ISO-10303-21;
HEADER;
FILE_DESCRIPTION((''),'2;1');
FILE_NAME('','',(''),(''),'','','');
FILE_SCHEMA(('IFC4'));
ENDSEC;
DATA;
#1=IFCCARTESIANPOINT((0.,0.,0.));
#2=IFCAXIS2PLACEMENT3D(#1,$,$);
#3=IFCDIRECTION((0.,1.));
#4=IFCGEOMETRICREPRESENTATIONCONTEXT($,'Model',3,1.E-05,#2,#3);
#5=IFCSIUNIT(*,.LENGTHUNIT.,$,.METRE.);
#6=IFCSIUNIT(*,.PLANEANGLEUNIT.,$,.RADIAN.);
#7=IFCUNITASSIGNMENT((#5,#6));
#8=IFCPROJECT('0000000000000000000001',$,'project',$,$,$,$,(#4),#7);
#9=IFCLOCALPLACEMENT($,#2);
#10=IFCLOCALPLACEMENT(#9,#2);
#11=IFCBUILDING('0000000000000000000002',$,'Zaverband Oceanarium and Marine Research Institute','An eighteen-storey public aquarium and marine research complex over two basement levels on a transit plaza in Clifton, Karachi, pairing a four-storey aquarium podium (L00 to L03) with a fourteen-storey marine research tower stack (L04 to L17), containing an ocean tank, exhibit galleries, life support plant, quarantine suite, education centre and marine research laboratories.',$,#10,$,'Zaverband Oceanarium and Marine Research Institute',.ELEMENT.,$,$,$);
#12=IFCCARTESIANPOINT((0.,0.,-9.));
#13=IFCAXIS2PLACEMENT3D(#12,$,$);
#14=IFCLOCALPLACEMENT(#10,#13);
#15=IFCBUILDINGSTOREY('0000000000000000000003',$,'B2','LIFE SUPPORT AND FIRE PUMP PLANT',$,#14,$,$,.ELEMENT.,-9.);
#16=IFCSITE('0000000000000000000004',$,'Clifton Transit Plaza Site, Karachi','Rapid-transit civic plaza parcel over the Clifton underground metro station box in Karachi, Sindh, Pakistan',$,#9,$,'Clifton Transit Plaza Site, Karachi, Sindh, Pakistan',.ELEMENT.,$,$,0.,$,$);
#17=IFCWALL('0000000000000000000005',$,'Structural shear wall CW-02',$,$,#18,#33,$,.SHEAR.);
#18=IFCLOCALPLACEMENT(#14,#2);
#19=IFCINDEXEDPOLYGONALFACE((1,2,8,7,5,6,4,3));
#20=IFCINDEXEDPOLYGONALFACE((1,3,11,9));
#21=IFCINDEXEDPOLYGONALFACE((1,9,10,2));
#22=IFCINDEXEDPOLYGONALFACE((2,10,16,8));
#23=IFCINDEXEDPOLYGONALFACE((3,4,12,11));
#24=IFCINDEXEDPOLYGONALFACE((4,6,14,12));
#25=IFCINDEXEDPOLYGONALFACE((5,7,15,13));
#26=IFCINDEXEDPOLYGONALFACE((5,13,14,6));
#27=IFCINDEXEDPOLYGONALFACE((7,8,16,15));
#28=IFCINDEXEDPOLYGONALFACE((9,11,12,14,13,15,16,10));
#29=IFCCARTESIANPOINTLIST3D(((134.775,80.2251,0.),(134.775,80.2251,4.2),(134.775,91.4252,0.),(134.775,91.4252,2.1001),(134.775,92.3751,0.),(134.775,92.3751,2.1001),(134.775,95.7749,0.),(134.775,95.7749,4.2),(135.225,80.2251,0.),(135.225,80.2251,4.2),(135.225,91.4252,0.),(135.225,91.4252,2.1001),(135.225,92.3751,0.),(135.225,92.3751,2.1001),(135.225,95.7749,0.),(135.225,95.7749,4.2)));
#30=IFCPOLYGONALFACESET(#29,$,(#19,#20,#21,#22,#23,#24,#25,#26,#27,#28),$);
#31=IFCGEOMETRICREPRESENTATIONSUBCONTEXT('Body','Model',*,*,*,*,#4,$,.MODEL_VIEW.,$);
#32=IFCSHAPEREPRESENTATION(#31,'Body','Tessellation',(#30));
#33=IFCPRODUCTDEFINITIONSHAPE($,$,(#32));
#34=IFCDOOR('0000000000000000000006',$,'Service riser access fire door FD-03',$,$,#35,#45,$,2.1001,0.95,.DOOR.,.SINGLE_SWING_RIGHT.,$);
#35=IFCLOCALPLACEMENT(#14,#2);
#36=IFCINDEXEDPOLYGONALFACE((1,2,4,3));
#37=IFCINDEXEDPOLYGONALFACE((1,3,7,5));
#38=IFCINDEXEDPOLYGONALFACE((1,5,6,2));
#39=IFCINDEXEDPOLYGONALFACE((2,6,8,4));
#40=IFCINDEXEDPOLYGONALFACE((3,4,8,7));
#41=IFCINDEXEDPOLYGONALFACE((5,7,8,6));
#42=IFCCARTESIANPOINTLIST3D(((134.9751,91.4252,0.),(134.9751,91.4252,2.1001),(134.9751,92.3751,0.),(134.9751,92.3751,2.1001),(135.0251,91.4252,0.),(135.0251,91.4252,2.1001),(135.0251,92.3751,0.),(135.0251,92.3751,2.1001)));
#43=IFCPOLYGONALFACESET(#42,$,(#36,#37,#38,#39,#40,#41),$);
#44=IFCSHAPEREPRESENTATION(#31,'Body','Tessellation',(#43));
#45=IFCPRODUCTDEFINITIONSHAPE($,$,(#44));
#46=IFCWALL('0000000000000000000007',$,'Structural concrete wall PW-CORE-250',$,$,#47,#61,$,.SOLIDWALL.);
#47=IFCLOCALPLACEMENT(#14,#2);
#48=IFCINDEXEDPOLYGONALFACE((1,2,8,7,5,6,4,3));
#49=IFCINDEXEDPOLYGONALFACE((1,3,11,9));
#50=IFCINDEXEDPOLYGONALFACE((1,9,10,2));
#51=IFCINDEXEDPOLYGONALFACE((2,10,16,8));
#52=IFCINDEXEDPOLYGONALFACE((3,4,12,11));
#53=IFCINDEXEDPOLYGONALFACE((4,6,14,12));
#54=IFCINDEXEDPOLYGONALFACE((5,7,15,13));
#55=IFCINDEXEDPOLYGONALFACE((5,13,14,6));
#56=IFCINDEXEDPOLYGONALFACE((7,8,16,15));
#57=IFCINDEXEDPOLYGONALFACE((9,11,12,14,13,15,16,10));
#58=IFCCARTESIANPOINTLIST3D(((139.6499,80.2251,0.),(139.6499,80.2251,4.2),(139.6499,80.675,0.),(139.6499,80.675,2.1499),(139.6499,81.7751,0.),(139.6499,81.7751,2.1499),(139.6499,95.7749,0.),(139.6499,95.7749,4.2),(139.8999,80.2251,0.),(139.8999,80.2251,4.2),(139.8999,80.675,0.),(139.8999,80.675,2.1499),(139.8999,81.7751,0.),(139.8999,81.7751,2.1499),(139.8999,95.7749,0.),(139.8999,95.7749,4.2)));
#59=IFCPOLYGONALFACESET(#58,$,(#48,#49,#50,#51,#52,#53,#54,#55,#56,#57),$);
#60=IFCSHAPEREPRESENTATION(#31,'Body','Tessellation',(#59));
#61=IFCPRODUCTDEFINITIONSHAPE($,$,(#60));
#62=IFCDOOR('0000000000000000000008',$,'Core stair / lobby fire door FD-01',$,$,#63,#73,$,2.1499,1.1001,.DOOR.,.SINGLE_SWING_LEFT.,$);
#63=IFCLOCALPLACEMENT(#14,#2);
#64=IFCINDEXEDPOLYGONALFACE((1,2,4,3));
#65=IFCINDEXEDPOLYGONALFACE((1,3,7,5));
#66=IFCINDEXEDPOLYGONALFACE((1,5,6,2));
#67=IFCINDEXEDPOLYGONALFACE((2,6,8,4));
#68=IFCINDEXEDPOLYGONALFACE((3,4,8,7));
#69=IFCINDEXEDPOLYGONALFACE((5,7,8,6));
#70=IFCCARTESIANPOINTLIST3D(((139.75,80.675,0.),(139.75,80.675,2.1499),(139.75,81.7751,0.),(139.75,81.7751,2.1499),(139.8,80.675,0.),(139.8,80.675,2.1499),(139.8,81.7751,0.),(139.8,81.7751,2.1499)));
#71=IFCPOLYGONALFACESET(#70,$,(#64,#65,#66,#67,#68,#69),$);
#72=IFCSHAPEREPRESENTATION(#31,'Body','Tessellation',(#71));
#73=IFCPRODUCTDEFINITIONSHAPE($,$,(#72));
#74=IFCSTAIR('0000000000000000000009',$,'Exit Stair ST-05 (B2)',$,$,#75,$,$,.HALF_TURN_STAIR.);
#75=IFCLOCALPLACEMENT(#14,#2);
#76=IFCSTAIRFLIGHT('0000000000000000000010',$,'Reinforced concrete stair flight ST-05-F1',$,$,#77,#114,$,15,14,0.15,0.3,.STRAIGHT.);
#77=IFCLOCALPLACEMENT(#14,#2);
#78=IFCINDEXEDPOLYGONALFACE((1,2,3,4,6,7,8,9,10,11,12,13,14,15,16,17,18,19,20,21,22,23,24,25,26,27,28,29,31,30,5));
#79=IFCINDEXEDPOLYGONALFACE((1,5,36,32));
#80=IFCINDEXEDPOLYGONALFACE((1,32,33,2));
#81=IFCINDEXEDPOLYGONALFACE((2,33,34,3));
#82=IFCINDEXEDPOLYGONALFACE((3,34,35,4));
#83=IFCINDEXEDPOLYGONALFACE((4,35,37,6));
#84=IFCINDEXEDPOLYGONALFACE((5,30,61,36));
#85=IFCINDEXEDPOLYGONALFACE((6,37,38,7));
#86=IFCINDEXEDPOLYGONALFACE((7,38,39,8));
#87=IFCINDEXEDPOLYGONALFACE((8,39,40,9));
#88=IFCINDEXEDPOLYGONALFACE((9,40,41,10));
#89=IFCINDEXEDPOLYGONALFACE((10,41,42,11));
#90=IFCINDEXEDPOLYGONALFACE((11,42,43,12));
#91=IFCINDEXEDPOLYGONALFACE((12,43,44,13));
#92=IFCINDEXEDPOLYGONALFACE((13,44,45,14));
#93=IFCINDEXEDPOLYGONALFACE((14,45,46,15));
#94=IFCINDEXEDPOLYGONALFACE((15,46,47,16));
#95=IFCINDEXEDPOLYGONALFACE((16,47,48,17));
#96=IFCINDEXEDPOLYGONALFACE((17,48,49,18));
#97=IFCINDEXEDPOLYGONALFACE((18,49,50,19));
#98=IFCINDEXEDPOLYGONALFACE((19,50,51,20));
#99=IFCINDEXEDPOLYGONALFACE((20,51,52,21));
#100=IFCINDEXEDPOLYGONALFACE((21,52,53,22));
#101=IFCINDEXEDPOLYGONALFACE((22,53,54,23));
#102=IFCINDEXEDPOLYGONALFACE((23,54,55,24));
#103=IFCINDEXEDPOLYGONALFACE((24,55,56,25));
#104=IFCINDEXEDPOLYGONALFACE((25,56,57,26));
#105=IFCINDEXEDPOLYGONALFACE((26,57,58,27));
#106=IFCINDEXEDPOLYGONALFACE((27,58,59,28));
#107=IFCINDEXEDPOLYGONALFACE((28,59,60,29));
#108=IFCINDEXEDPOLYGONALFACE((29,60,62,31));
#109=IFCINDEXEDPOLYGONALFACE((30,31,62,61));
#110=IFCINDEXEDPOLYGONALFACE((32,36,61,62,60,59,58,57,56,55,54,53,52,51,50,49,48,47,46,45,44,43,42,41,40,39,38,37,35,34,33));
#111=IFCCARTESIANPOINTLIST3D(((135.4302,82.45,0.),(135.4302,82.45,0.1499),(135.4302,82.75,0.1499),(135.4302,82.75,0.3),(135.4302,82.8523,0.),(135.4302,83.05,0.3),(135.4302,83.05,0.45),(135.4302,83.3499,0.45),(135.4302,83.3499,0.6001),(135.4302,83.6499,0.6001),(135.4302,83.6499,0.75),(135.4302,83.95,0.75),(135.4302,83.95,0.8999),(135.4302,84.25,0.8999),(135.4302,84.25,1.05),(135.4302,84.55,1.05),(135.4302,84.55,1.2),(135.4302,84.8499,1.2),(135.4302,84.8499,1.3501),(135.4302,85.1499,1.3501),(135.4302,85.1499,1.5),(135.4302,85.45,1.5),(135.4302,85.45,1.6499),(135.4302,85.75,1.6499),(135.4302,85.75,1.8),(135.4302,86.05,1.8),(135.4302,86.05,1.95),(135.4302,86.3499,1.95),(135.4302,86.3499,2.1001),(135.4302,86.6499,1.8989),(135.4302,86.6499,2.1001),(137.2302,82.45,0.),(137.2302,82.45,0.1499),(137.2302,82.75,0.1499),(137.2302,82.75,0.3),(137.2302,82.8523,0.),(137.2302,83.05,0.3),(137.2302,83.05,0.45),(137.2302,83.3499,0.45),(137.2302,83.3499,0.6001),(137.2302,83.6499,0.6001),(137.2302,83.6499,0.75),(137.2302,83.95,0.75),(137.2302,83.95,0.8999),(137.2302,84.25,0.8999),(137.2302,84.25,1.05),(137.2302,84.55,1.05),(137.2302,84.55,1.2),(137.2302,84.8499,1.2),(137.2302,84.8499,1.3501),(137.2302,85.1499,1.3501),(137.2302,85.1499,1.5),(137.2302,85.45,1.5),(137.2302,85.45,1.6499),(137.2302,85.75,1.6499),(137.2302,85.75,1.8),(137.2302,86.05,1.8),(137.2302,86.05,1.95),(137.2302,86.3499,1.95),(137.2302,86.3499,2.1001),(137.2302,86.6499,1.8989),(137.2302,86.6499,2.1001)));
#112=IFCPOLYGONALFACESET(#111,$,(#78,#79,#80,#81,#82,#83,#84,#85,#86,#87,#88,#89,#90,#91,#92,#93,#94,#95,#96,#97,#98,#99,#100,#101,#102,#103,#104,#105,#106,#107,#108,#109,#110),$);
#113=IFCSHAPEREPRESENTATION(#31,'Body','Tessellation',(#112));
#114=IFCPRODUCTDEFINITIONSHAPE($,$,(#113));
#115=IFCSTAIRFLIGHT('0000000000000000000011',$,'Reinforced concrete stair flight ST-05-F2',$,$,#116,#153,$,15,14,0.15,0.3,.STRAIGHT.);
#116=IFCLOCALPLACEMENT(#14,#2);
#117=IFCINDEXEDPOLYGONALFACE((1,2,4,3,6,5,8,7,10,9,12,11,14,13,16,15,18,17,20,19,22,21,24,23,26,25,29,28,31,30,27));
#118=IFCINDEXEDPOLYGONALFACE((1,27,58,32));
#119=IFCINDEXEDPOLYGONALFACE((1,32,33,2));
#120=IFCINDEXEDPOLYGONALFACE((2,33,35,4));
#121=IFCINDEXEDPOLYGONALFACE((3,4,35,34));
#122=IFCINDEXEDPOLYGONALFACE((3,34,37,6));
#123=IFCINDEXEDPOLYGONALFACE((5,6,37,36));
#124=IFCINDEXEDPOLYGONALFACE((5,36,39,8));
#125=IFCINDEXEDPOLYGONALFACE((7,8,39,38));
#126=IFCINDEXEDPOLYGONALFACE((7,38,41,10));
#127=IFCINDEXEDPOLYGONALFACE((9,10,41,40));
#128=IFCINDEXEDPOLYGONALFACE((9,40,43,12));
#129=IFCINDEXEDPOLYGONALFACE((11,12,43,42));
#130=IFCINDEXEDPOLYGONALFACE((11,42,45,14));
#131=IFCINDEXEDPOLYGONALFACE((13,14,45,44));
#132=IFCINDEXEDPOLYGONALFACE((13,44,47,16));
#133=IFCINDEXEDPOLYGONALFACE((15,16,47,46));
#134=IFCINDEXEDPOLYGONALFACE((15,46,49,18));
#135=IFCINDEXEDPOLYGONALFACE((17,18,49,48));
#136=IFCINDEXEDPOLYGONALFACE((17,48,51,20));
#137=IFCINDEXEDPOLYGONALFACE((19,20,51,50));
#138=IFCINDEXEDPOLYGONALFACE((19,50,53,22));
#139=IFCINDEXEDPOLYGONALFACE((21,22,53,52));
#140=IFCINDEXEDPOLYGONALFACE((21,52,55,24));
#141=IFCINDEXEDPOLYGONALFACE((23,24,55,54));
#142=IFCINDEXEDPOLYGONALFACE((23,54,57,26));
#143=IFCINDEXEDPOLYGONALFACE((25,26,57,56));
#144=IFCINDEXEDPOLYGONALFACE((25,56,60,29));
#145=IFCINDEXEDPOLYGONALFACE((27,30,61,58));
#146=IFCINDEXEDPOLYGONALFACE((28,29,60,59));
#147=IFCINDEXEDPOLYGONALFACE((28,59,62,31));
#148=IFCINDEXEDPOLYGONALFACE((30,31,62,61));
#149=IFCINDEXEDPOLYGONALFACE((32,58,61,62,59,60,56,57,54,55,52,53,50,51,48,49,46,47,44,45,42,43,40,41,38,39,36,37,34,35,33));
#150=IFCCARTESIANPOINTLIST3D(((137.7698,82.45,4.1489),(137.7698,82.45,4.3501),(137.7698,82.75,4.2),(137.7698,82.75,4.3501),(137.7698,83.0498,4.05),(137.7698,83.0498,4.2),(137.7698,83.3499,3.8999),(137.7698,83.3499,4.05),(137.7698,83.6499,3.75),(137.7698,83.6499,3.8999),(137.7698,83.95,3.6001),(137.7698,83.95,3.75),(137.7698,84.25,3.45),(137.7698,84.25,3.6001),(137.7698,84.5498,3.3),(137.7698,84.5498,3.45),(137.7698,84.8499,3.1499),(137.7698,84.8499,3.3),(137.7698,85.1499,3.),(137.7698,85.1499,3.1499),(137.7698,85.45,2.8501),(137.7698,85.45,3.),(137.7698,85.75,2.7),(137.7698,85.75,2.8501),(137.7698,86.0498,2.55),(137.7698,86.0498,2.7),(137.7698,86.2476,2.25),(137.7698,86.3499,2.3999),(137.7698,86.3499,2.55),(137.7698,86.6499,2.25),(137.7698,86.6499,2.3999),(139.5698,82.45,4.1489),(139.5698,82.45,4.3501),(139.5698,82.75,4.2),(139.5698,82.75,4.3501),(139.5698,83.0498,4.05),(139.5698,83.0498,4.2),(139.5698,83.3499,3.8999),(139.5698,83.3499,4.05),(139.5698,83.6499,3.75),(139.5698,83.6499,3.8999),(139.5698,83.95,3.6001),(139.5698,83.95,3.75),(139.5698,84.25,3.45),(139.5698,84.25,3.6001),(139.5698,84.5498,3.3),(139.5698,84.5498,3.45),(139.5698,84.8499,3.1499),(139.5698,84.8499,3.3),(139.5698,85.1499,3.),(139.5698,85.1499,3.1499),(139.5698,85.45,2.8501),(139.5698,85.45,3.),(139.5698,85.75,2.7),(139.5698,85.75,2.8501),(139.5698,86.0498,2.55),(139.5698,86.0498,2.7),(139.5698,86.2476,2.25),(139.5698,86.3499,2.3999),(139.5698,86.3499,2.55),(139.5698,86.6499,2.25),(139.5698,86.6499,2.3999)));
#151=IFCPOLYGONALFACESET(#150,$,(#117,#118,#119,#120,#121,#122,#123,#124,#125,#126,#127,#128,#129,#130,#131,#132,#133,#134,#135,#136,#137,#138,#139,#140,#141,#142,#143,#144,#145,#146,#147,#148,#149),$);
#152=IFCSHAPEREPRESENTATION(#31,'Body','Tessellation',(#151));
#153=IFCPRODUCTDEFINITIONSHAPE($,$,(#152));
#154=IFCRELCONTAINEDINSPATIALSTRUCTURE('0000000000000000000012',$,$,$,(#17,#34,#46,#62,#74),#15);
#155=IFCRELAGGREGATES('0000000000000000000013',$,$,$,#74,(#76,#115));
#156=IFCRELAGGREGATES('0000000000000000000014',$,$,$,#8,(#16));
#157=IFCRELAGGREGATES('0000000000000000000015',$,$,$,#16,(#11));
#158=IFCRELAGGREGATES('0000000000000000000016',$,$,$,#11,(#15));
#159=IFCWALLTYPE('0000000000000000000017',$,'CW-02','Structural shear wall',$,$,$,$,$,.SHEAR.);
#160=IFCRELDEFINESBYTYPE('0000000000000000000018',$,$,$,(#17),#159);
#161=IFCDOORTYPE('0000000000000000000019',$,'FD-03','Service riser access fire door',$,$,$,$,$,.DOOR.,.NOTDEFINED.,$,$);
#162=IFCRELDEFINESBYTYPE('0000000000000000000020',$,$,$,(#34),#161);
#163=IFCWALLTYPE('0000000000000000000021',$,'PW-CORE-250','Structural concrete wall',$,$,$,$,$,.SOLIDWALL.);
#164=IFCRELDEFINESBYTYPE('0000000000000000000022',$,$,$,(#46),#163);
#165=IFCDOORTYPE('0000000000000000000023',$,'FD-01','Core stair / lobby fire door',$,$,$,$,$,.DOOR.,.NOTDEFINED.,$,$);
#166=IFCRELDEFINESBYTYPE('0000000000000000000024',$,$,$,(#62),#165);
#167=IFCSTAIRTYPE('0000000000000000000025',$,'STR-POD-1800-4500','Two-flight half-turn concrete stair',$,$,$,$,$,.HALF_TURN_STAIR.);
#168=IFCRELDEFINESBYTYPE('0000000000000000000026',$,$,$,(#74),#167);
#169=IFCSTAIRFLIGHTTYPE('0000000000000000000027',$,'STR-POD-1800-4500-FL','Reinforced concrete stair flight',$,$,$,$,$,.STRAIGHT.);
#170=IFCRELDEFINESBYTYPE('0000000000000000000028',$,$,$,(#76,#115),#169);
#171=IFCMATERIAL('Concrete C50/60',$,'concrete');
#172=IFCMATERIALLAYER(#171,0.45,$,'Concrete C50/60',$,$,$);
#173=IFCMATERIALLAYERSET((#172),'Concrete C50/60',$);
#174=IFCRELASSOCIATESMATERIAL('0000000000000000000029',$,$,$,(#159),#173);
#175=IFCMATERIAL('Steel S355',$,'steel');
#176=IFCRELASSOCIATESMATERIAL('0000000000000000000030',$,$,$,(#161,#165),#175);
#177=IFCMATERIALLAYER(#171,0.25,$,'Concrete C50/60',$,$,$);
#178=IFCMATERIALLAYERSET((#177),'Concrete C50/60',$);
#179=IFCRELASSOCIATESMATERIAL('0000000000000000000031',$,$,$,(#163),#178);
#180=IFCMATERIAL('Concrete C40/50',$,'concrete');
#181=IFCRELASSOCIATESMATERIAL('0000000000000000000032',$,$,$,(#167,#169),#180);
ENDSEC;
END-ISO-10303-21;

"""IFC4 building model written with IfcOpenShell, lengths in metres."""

from ifc_helpers import new_model, si_unit, direction, frame, frame_2d, origin, place, context, subcontext, project, spatial, polyline, rectangle, outline, extrude, material, layer, layer_set, type_object, element, fill, aggregate, save


model = new_model("IFC4")

# Units and contexts
model_context = context("Model", 3, precision=1e-05, world=origin(), true_north=direction((0.0, 1.0)))
body_context = subcontext(model_context, "Body", "Model", "MODEL_VIEW")
ifc_project = project(units=[si_unit("LENGTHUNIT", "METRE"), si_unit("PLANEANGLEUNIT", "RADIAN")], contexts=[model_context])

# Site, building, storey
site_placement = place(None, origin())
site = spatial("IfcSite", under=ifc_project, at=site_placement, Name="Clifton Transit Plaza Site, Karachi", Description="Rapid-transit civic plaza parcel over the Clifton underground metro station box in Karachi, Sindh, Pakistan", LongName="Clifton Transit Plaza Site, Karachi, Sindh, Pakistan", CompositionType="ELEMENT", RefElevation=0.0)
building_placement = place(site_placement, origin())
building = spatial("IfcBuilding", under=site, at=building_placement, Name="Zaverband Oceanarium and Marine Research Institute", Description="An eighteen-storey public aquarium and marine research complex over two basement levels on a transit plaza in Clifton, Karachi, pairing a four-storey aquarium podium (L00 to L03) with a fourteen-storey marine research tower stack (L04 to L17), containing an ocean tank, exhibit galleries, life support plant, quarantine suite, education centre and marine research laboratories.", LongName="Zaverband Oceanarium and Marine Research Institute", CompositionType="ELEMENT")
storey_placement = place(building_placement, frame((0.0, 0.0, -9.0)))
storey = spatial("IfcBuildingStorey", under=building, at=storey_placement, Name="B2", Description="LIFE SUPPORT AND FIRE PUMP PLANT", CompositionType="ELEMENT", Elevation=-9.0)

# Shared definitions
ifc_material_1 = material(Name="Concrete C50/60", Category="concrete")

# Shared definitions
ifc_material_2 = material(Name="Concrete C40/50", Category="concrete")

# Walls, openings, doors
ifc_layer_1 = layer(ifc_material_1, 0.45, Name="Concrete C50/60")
ifc_layer_set_1 = layer_set([ifc_layer_1], Name="Concrete C50/60")
wall_type_1 = type_object("IfcWallType", Name="CW-02", Description="Structural shear wall", PredefinedType="SHEAR", material=ifc_layer_set_1)
ifc_material_3 = material(Name="Steel S355", Category="steel")
wall_1_placement = place(storey_placement, frame((135.0, 80.2251, 0.0), z_axis=(0.0, 0.0, 1.0), x_axis=(0.0, 1.0, 0.0)))
wall_1 = element("IfcWall", 1, at=wall_1_placement, inside=storey, type_object=wall_type_1, Name="Structural shear wall CW-02", PredefinedType="SHEAR", context=body_context, shape_type="SweptSolid", body=[
    extrude(rectangle(XDim=15.5498, YDim=0.45, at=frame_2d((7.7749, 0.0))), origin(), (0.0, 0.0, 1.0), 4.2),
])
opening_1_placement = place(wall_1_placement, frame((11.2, 0.0, 0.0)))
opening_1 = element("IfcOpeningElement", 2, at=opening_1_placement, cuts=wall_1, PredefinedType="OPENING", context=body_context, shape_type="SweptSolid", body=[
    extrude(rectangle(XDim=0.95, YDim=2.1001, at=frame_2d((0.4751, 1.05))), frame((0.0, 0.2368, 0.0), z_axis=(0.0, -1.0, 0.0), x_axis=(1.0, 0.0, 0.0)), (0.0, 0.0, 1.0), 0.4739),
])
door_type_1 = type_object("IfcDoorType", Name="FD-03", Description="Service riser access fire door", OperationType="NOTDEFINED", PredefinedType="DOOR", material=ifc_material_3)
door_1_placement = place(opening_1_placement, origin())
door_1 = element("IfcDoor", 3, at=door_1_placement, inside=storey, type_object=door_type_1, Name="Service riser access fire door FD-03", OperationType="SINGLE_SWING_RIGHT", OverallHeight=2.1001, OverallWidth=0.95, PredefinedType="DOOR", context=body_context, shape_type="SweptSolid", body=[
    extrude(rectangle(XDim=0.95, YDim=2.1001, at=frame_2d((0.4751, 1.05))), frame((0.0, 0.0249, 0.0), z_axis=(0.0, -1.0, 0.0), x_axis=(1.0, 0.0, 0.0)), (0.0, 0.0, 1.0), 0.05),
])
fill(opening_1, door_1)
ifc_layer_2 = layer(ifc_material_1, 0.25, Name="Concrete C50/60")
ifc_layer_set_2 = layer_set([ifc_layer_2], Name="Concrete C50/60")
wall_type_2 = type_object("IfcWallType", Name="PW-CORE-250", Description="Structural concrete wall", PredefinedType="SOLIDWALL", material=ifc_layer_set_2)
wall_2_placement = place(storey_placement, frame((139.7749, 80.2251, 0.0), z_axis=(0.0, 0.0, 1.0), x_axis=(0.0, 1.0, 0.0)))
wall_2 = element("IfcWall", 4, at=wall_2_placement, inside=storey, type_object=wall_type_2, Name="Structural concrete wall PW-CORE-250", PredefinedType="SOLIDWALL", context=body_context, shape_type="SweptSolid", body=[
    extrude(rectangle(XDim=15.5498, YDim=0.25, at=frame_2d((7.7749, 0.0))), origin(), (0.0, 0.0, 1.0), 4.2),
])
opening_2_placement = place(wall_2_placement, frame((0.45, 0.0, 0.0)))
opening_2 = element("IfcOpeningElement", 5, at=opening_2_placement, cuts=wall_2, PredefinedType="OPENING", context=body_context, shape_type="SweptSolid", body=[
    extrude(rectangle(XDim=1.1001, YDim=2.1499, at=frame_2d((0.55, 1.075))), frame((0.0, 0.137, 0.0), z_axis=(0.0, -1.0, 0.0), x_axis=(1.0, 0.0, 0.0)), (0.0, 0.0, 1.0), 0.2739),
])
door_type_2 = type_object("IfcDoorType", Name="FD-01", Description="Core stair / lobby fire door", OperationType="NOTDEFINED", PredefinedType="DOOR", material=ifc_material_3)
door_2_placement = place(opening_2_placement, origin())
door_2 = element("IfcDoor", 6, at=door_2_placement, inside=storey, type_object=door_type_2, Name="Core stair / lobby fire door FD-01", OperationType="SINGLE_SWING_LEFT", OverallHeight=2.1499, OverallWidth=1.1001, PredefinedType="DOOR", context=body_context, shape_type="SweptSolid", body=[
    extrude(rectangle(XDim=1.1001, YDim=2.1499, at=frame_2d((0.55, 1.075))), frame((0.0, 0.0249, 0.0), z_axis=(0.0, -1.0, 0.0), x_axis=(1.0, 0.0, 0.0)), (0.0, 0.0, 1.0), 0.05),
])
fill(opening_2, door_2)

# Stair, stair flights
stair_type = type_object("IfcStairType", Name="STR-POD-1800-4500", Description="Two-flight half-turn concrete stair", PredefinedType="HALF_TURN_STAIR", material=ifc_material_2)
stair_placement = place(storey_placement, origin())
stair = element("IfcStair", 7, at=stair_placement, inside=storey, type_object=stair_type, Name="Exit Stair ST-05 (B2)", PredefinedType="HALF_TURN_STAIR")
stair_flight_type = type_object("IfcStairFlightType", Name="STR-POD-1800-4500-FL", Description="Reinforced concrete stair flight", PredefinedType="STRAIGHT", material=ifc_material_2)
stair_flight_1_placement = place(storey_placement, frame((136.3301, 82.45, 0.0), z_axis=(0.0, 0.0, 1.0), x_axis=(0.0, 1.0, 0.0)))
stair_flight_1 = element("IfcStairFlight", 8, at=stair_flight_1_placement, type_object=stair_flight_type, Name="Reinforced concrete stair flight ST-05-F1", NumberOfRisers=15, NumberOfTreads=14, PredefinedType="STRAIGHT", RiserHeight=0.15, TreadLength=0.3, context=body_context, shape_type="SweptSolid", body=[
    extrude(outline(polyline([(0.0, 0.0), (0.0, 0.1499), (0.3, 0.1499), (0.3, 0.3), (0.6001, 0.3), (0.6001, 0.45), (0.8999, 0.45), (0.8999, 0.6001), (1.2, 0.6001), (1.2, 0.75), (1.5, 0.75), (1.5, 0.8999), (1.8, 0.8999), (1.8, 1.05), (2.1001, 1.05), (2.1001, 1.2), (2.3999, 1.2), (2.3999, 1.3501), (2.7, 1.3501), (2.7, 1.5), (3.0, 1.5), (3.0, 1.6499), (3.3, 1.6499), (3.3, 1.8), (3.6001, 1.8), (3.6001, 1.95), (3.8999, 1.95), (3.8999, 2.1001), (4.2, 2.1001), (4.2, 2.25), (4.2, 1.8989), (0.4023, 0.0), (0.0, 0.0)])), frame((0.0, 0.8999, 0.0), z_axis=(0.0, -1.0, 0.0), x_axis=(1.0, 0.0, 0.0)), (0.0, 0.0, 1.0), 1.8),
])
stair_flight_2_placement = place(storey_placement, frame((138.6699, 86.6499, 2.25), z_axis=(0.0, 0.0, 1.0), x_axis=(0.0, -1.0, 0.0)))
stair_flight_2 = element("IfcStairFlight", 9, at=stair_flight_2_placement, type_object=stair_flight_type, Name="Reinforced concrete stair flight ST-05-F2", NumberOfRisers=15, NumberOfTreads=14, PredefinedType="STRAIGHT", RiserHeight=0.15, TreadLength=0.3, context=body_context, shape_type="SweptSolid", body=[
    extrude(outline(polyline([(0.0, 0.0), (0.0, 0.1499), (0.3, 0.1499), (0.3, 0.3), (0.6001, 0.3), (0.6001, 0.45), (0.8999, 0.45), (0.8999, 0.6001), (1.2, 0.6001), (1.2, 0.75), (1.5, 0.75), (1.5, 0.8999), (1.8, 0.8999), (1.8, 1.05), (2.1001, 1.05), (2.1001, 1.2), (2.3999, 1.2), (2.3999, 1.3501), (2.7, 1.3501), (2.7, 1.5), (3.0, 1.5), (3.0, 1.6499), (3.3, 1.6499), (3.3, 1.8), (3.6001, 1.8), (3.6001, 1.95), (3.8999, 1.95), (3.8999, 2.1001), (4.2, 2.1001), (4.2, 2.25), (4.2, 1.8989), (0.4023, 0.0), (0.0, 0.0)])), frame((0.0, 0.8999, 0.0), z_axis=(0.0, -1.0, 0.0), x_axis=(1.0, 0.0, 0.0)), (0.0, 0.0, 1.0), 1.8),
])
aggregate(stair, [stair_flight_1, stair_flight_2])

save(model, "model.ifc")
